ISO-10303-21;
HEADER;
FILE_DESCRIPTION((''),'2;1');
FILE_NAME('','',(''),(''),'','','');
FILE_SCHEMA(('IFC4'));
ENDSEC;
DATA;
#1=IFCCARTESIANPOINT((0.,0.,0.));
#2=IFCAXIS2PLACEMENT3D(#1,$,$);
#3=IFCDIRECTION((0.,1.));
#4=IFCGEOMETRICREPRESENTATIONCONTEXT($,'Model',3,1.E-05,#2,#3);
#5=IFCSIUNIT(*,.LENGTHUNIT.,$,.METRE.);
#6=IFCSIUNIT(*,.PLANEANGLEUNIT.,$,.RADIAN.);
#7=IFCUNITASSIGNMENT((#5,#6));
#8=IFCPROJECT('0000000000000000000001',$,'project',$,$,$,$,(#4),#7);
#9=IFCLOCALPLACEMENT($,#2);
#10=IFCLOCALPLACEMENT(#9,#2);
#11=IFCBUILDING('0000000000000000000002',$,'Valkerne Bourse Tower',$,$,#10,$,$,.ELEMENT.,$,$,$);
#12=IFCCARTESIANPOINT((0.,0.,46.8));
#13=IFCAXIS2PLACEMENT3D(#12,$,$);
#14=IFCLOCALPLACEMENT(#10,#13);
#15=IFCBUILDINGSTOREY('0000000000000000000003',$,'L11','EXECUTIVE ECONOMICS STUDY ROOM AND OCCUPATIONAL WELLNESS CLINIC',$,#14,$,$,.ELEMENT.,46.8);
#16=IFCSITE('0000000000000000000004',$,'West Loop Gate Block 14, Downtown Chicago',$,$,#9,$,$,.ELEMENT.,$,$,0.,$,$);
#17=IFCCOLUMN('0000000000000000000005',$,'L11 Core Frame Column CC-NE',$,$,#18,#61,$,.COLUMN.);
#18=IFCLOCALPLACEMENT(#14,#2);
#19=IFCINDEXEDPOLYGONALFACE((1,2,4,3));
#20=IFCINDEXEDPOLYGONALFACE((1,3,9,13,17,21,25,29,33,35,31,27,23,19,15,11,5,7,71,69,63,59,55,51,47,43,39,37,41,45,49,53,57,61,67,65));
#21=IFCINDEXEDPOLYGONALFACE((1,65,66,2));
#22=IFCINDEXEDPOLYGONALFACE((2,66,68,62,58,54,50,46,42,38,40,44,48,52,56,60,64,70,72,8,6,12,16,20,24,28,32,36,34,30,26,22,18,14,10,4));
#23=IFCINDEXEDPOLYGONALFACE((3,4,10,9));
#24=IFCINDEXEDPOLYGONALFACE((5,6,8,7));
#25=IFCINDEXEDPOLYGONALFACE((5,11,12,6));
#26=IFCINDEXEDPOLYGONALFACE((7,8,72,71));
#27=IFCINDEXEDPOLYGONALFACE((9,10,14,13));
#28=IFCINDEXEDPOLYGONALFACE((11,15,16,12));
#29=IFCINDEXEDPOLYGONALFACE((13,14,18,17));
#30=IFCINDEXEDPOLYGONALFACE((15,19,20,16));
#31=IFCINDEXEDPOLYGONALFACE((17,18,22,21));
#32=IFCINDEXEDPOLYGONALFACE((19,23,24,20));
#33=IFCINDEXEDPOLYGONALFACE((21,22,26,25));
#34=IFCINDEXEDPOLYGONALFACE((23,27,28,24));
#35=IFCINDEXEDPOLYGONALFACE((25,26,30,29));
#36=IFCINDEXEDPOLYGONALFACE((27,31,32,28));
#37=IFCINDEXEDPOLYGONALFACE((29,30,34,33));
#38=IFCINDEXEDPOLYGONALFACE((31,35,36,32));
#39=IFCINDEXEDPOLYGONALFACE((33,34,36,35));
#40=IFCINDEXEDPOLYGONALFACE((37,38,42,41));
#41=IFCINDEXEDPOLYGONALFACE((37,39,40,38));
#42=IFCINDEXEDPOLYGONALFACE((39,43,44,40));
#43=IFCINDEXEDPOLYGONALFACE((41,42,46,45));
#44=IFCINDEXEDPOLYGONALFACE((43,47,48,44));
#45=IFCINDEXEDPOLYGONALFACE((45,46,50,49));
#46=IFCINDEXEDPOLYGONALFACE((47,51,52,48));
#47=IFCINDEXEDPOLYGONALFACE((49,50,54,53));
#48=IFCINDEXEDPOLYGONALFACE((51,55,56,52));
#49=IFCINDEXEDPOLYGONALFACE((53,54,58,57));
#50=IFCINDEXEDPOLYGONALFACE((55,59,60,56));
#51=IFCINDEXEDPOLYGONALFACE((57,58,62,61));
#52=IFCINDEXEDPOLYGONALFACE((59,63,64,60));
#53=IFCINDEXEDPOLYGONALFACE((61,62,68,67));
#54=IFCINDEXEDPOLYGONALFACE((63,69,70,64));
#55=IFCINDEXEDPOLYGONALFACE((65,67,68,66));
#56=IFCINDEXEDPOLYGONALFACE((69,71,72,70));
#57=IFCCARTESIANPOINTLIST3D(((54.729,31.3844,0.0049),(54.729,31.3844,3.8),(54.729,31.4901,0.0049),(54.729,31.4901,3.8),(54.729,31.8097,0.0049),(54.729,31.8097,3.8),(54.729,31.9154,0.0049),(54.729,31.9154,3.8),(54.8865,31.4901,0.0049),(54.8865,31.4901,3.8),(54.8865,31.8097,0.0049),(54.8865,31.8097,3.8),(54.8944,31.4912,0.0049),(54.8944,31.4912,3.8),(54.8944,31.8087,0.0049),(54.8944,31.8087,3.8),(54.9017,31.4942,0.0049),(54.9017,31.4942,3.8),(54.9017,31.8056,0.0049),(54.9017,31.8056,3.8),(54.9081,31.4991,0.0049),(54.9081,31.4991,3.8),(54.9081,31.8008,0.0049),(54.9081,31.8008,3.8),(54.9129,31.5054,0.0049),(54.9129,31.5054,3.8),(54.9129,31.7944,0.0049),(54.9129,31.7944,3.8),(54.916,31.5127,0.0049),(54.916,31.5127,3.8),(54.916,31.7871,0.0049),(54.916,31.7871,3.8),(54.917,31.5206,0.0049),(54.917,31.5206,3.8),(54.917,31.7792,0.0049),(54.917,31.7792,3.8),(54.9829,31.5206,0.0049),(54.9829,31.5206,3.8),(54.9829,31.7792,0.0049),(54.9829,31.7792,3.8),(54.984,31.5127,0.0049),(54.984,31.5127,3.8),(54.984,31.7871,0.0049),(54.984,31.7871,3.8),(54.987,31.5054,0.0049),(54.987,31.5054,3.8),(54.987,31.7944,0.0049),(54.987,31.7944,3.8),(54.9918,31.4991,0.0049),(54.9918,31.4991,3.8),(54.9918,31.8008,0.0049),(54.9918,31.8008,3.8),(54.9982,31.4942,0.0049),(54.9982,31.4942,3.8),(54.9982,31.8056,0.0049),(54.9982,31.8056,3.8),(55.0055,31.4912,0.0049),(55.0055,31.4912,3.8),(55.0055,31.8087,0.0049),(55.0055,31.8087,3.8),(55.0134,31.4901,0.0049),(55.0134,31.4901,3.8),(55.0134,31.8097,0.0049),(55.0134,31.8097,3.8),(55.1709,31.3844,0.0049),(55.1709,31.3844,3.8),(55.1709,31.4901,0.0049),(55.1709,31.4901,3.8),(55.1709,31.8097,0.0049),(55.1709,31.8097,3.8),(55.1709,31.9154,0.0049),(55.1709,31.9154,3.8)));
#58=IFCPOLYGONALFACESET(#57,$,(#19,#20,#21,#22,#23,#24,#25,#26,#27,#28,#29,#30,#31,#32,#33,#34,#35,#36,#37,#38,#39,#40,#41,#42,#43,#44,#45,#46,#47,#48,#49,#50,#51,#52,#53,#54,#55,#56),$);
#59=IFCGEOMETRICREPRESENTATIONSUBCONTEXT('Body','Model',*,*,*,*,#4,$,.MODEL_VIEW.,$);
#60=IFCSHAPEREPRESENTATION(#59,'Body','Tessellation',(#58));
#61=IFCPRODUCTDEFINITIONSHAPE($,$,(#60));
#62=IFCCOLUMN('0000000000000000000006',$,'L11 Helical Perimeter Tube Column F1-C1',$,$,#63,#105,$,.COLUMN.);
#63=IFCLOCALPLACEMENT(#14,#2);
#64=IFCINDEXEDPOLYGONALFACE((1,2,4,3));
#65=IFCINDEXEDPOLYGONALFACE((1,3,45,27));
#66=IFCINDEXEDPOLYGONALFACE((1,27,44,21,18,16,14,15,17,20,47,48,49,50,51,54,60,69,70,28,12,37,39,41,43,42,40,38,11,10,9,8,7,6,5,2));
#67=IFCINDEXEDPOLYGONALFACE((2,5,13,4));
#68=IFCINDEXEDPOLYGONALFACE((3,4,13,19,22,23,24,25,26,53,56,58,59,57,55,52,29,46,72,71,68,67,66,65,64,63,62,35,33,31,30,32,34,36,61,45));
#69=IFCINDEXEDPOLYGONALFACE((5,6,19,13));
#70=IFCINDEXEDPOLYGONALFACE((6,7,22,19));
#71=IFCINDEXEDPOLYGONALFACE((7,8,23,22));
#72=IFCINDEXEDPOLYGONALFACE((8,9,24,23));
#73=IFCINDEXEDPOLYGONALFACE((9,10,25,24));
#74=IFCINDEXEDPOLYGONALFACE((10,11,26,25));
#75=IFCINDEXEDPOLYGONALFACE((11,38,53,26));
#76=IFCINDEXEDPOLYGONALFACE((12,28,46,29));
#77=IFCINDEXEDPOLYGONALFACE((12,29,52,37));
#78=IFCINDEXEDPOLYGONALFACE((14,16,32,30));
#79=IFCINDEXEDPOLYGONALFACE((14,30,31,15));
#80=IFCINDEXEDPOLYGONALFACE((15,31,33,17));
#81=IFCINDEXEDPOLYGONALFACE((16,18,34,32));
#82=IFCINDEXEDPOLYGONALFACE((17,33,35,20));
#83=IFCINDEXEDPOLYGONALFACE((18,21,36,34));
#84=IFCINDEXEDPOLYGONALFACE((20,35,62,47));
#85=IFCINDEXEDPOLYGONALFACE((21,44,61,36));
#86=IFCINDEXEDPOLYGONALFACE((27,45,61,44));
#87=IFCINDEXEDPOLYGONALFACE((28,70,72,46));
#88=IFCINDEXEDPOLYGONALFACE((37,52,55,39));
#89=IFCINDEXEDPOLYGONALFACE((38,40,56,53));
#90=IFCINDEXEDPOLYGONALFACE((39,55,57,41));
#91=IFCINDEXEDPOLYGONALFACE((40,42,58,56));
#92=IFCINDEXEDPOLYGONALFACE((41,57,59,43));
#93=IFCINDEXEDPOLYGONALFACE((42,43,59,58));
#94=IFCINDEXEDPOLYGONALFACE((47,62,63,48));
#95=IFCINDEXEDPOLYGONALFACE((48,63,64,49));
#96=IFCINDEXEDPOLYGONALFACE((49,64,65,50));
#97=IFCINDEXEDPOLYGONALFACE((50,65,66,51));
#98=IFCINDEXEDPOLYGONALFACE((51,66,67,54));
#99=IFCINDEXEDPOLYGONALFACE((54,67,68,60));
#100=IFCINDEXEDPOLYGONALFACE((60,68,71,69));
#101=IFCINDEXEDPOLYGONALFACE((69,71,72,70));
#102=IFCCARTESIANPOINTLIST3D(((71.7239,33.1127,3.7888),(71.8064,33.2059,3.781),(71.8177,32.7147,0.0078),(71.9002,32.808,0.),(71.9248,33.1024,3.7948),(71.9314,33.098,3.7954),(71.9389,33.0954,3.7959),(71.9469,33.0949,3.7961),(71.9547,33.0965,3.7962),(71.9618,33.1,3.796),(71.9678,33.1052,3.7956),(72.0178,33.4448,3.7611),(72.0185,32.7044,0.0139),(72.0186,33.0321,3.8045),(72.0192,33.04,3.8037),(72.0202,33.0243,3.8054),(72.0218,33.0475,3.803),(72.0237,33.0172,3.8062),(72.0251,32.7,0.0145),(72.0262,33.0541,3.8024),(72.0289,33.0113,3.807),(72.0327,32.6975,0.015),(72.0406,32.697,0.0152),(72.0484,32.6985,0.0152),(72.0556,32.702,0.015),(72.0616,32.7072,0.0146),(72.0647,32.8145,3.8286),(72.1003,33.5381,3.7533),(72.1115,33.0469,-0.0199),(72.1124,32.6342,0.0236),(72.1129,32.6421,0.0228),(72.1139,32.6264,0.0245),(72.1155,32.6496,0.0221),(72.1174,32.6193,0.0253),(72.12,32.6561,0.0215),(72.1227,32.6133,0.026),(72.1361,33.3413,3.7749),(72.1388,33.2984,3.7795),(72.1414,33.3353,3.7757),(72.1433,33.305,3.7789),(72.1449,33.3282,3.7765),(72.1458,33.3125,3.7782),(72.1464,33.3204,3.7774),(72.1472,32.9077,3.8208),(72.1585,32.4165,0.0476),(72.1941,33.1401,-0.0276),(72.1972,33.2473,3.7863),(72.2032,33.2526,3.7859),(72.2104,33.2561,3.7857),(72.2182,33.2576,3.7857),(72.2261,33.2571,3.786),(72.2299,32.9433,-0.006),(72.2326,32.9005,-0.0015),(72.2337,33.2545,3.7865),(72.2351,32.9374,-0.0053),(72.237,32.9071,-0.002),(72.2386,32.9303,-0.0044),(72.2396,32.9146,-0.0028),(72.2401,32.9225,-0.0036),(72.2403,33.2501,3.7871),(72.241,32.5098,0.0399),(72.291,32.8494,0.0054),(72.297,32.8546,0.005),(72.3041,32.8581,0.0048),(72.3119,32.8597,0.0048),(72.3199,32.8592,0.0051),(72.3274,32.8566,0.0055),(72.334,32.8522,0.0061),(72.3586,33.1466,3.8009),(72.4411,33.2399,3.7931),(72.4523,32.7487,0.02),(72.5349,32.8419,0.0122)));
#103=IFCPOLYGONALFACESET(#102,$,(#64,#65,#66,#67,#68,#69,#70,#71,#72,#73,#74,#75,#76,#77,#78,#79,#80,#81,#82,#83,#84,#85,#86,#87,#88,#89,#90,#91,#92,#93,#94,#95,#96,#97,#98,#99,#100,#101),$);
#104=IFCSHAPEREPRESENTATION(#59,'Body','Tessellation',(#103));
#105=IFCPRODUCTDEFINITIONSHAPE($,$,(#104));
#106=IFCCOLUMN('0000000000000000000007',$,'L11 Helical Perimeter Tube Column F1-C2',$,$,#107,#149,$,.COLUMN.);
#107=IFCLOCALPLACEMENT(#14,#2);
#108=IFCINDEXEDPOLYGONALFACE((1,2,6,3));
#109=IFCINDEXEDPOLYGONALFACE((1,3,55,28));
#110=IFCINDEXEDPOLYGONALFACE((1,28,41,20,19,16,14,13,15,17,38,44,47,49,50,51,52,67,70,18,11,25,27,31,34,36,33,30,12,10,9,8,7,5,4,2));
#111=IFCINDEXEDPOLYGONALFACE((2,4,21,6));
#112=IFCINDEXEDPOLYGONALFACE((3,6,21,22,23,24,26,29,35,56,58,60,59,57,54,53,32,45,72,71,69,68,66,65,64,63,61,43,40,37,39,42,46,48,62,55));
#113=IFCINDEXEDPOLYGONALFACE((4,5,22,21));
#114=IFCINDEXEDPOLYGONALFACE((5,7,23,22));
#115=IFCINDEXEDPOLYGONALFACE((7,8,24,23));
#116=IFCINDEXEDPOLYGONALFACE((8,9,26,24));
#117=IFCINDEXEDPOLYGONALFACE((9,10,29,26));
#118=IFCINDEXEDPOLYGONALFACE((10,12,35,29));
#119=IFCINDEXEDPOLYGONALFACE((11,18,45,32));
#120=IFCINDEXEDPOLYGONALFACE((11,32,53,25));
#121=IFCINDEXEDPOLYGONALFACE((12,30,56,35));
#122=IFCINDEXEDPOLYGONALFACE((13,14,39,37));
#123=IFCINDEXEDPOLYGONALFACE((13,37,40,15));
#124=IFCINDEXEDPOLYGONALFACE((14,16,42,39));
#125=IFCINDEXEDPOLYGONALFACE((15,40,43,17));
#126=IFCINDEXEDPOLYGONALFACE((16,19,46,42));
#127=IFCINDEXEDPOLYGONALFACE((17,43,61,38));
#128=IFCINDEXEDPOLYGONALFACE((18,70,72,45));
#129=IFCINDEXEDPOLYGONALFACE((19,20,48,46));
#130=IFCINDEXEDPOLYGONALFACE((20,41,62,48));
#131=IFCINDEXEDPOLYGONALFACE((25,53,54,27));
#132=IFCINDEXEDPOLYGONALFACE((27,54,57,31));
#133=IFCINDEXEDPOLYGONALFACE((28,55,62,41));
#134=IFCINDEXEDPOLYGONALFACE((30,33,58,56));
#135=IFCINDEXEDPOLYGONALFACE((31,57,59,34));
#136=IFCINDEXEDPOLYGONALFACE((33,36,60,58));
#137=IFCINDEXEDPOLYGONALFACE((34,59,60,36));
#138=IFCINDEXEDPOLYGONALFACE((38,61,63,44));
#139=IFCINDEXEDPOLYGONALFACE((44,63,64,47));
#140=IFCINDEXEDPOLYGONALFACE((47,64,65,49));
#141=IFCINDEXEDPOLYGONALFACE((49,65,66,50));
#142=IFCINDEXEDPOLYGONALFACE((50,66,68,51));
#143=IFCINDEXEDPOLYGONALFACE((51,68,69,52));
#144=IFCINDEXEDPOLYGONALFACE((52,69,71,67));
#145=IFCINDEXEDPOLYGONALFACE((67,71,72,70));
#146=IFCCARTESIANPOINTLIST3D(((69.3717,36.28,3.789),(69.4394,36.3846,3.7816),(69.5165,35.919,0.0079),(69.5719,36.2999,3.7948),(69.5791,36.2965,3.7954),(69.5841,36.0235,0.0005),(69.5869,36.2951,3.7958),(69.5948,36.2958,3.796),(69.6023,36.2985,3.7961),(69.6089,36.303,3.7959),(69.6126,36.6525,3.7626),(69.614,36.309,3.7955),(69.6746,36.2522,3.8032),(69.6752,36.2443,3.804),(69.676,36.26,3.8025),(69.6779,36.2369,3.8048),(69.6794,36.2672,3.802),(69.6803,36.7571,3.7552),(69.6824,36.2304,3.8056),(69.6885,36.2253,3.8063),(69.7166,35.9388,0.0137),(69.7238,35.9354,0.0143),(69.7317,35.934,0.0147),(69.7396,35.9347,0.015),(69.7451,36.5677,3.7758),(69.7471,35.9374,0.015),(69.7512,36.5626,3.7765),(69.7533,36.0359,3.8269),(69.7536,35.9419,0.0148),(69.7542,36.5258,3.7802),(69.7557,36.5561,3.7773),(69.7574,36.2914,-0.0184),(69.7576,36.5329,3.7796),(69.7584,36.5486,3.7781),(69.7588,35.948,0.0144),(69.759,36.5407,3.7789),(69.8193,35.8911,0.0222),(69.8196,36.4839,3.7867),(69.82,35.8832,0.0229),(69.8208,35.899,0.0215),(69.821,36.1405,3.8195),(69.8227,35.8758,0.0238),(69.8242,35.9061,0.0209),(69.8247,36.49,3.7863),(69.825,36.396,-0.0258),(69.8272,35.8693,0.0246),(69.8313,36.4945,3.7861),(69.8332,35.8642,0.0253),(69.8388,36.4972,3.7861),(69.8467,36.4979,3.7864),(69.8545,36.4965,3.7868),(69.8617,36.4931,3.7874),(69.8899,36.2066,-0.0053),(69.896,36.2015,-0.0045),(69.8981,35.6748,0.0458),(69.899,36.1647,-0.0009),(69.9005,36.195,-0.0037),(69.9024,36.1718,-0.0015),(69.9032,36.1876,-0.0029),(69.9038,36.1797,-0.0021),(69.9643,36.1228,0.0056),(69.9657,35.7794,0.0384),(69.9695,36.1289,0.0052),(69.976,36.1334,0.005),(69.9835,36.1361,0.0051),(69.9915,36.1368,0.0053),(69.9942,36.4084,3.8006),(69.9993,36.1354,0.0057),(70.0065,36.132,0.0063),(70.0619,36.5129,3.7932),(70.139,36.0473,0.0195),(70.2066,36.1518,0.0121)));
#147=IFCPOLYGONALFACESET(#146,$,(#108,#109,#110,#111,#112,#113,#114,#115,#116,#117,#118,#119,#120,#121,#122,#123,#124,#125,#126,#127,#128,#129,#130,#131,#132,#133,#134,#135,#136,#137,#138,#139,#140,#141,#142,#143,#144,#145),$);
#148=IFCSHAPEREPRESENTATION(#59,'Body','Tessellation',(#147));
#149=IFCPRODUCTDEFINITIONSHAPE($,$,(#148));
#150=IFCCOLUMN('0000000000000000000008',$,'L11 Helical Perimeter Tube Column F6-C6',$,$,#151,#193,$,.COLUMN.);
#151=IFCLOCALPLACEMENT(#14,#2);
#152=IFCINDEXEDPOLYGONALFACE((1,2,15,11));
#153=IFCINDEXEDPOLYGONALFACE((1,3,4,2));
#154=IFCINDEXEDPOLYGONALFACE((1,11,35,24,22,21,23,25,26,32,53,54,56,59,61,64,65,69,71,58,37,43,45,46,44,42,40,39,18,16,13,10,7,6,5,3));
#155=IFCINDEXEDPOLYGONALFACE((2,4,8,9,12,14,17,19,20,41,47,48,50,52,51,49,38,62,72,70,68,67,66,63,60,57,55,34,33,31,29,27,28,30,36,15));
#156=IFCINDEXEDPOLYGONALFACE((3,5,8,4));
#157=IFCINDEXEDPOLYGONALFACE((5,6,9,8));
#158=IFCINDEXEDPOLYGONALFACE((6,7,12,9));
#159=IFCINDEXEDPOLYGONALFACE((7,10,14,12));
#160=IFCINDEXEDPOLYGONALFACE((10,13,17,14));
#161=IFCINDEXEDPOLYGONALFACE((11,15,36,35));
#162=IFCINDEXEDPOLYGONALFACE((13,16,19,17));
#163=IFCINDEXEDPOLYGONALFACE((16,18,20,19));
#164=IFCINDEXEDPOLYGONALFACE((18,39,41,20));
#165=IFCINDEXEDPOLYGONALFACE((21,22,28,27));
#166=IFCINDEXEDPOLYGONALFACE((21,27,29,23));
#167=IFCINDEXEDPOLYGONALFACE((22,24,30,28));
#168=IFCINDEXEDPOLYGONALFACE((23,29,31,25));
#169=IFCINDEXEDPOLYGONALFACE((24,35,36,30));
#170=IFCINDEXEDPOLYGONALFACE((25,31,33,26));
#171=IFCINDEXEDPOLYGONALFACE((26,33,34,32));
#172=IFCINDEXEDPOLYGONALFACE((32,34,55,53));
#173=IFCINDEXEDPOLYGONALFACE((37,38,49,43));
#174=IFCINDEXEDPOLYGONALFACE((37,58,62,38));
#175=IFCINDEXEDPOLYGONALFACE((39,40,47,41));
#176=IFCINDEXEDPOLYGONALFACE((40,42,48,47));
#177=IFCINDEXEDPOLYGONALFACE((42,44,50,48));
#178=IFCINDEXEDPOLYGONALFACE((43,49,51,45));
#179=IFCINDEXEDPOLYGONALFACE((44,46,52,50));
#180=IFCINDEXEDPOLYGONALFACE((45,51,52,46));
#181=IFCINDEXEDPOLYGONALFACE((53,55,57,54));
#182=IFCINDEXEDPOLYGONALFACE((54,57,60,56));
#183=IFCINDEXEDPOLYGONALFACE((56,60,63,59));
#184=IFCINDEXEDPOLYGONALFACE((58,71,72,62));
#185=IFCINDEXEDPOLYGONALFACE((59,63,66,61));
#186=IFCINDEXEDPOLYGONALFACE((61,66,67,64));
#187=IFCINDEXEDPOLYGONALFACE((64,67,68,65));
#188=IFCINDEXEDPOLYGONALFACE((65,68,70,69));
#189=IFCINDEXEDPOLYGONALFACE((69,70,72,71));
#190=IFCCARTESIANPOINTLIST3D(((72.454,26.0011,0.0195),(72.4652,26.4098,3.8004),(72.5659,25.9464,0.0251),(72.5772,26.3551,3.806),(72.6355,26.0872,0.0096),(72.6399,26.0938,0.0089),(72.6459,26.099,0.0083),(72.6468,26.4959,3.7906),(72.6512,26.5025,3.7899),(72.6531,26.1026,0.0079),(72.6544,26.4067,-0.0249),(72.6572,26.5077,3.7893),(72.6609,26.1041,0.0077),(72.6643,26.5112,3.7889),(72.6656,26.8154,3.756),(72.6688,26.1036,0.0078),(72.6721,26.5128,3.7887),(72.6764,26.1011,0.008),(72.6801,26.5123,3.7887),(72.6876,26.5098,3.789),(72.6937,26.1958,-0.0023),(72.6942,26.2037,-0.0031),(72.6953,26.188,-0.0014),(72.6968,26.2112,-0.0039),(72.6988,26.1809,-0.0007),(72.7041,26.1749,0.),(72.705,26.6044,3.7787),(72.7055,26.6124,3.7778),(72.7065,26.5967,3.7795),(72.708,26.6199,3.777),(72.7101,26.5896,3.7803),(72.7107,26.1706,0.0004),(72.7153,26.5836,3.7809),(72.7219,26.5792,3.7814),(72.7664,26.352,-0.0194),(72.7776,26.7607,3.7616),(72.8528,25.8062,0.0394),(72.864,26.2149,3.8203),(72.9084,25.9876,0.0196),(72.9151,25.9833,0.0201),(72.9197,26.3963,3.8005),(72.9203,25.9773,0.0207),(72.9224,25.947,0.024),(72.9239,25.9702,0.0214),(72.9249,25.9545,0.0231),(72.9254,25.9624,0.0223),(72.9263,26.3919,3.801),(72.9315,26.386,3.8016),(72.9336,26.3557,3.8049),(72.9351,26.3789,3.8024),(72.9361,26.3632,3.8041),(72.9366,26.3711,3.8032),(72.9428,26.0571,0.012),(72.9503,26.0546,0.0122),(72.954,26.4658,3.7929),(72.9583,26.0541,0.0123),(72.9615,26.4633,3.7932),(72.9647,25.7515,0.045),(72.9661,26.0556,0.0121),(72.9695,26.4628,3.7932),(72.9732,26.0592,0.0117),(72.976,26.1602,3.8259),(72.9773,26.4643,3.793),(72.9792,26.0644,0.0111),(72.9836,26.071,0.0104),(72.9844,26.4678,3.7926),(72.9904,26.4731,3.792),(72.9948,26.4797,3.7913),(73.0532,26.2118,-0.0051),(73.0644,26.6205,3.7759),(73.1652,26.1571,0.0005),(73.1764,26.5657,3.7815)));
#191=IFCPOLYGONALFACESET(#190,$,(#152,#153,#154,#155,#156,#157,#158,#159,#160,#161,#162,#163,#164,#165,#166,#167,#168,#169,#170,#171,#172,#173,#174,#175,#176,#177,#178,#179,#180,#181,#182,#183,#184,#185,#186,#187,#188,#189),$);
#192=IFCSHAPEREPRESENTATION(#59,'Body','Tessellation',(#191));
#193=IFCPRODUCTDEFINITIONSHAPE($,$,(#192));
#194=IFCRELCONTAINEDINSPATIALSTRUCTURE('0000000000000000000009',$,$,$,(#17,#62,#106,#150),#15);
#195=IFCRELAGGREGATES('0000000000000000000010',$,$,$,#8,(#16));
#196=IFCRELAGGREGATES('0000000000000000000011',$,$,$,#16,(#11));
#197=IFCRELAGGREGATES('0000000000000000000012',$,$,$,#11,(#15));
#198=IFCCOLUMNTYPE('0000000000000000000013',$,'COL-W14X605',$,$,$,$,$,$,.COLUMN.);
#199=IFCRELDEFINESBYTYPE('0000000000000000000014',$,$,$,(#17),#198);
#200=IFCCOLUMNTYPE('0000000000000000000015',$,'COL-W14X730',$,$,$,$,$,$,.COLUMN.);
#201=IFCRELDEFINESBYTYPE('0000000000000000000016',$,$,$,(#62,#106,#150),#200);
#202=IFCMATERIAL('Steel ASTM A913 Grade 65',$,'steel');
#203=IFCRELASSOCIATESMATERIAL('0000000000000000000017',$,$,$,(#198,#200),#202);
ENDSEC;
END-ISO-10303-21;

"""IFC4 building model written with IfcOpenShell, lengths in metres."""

from ifc_helpers import new_model, si_unit, direction, frame, origin, origin_2d, place, context, subcontext, project, spatial, i_section, extrude, material, material_profile, profile_set, type_object, element, save


model = new_model("IFC4")

# Units and contexts
model_context = context("Model", 3, precision=1e-05, world=origin(), true_north=direction((0.0, 1.0)))
body_context = subcontext(model_context, "Body", "Model", "MODEL_VIEW")
ifc_project = project(units=[si_unit("LENGTHUNIT", "METRE"), si_unit("PLANEANGLEUNIT", "RADIAN")], contexts=[model_context])

# Site, building, storey
site_placement = place(None, origin())
site = spatial("IfcSite", under=ifc_project, at=site_placement, Name="West Loop Gate Block 14, Downtown Chicago", CompositionType="ELEMENT", RefElevation=0.0)
building_placement = place(site_placement, origin())
building = spatial("IfcBuilding", under=site, at=building_placement, Name="Valkerne Bourse Tower", CompositionType="ELEMENT")
storey_placement = place(building_placement, frame((0.0, 0.0, 46.8)))
storey = spatial("IfcBuildingStorey", under=building, at=storey_placement, Name="L11", Description="EXECUTIVE ECONOMICS STUDY ROOM AND OCCUPATIONAL WELLNESS CLINIC", CompositionType="ELEMENT", Elevation=46.8)

# Columns
ifc_material_1 = material(Name="Steel ASTM A913 Grade 65", Category="steel")
ifc_material_profile_1 = material_profile(ifc_material_1, i_section(OverallWidth=0.4419, OverallDepth=0.531, WebThickness=0.0659, FlangeThickness=0.1057, FilletRadius=0.0305, at=origin_2d()), Name="W14X605")
ifc_profile_set_1 = profile_set([ifc_material_profile_1], Name="Steel ASTM A913 Grade 65")
column_type_1 = type_object("IfcColumnType", Name="COL-W14X605", PredefinedType="COLUMN", material=ifc_profile_set_1)
column_1_placement = place(storey_placement, frame((54.95, 31.6499, 0.0049), z_axis=(0.0, 0.0, 1.0), x_axis=(1.0, 0.0, 0.0)))
element("IfcColumn", 1, at=column_1_placement, inside=storey, type_object=column_type_1, Name="L11 Core Frame Column CC-NE", PredefinedType="COLUMN", context=body_context, shape_type="SweptSolid", body=[
    extrude(i_section(OverallWidth=0.4419, OverallDepth=0.531, WebThickness=0.0659, FlangeThickness=0.1057, FilletRadius=0.0305, at=origin_2d()), origin(), (0.0, 0.0, 1.0), 3.7952),
])
ifc_material_profile_2 = material_profile(ifc_material_1, i_section(OverallWidth=0.4546, OverallDepth=0.5691, WebThickness=0.0779, FlangeThickness=0.1248, FilletRadius=0.0305, at=origin_2d()), Name="W14X730")
ifc_profile_set_2 = profile_set([ifc_material_profile_2], Name="Steel ASTM A913 Grade 65")
column_type_2 = type_object("IfcColumnType", Name="COL-W14X730", PredefinedType="COLUMN", material=ifc_profile_set_2)
column_2_placement = place(storey_placement, frame((72.1763, 32.7783, 0.01), z_axis=(-0.024651, 0.10464, 0.994205), x_axis=(0.749676, -0.655978, 0.08763)))
element("IfcColumn", 2, at=column_2_placement, inside=storey, type_object=column_type_2, Name="L11 Helical Perimeter Tube Column F1-C1", PredefinedType="COLUMN", context=body_context, shape_type="SweptSolid", body=[
    extrude(i_section(OverallWidth=0.4546, OverallDepth=0.5691, WebThickness=0.0779, FlangeThickness=0.1248, FilletRadius=0.0305, at=origin_2d()), origin(), (0.0, 0.0, 1.0), 3.803),
])
column_3_placement = place(storey_placement, frame((69.8616, 36.0354, 0.01), z_axis=(-0.038089, 0.094998, 0.994749), x_axis=(0.839429, -0.537028, 0.083428)))
element("IfcColumn", 3, at=column_3_placement, inside=storey, type_object=column_type_2, Name="L11 Helical Perimeter Tube Column F1-C2", PredefinedType="COLUMN", context=body_context, shape_type="SweptSolid", body=[
    extrude(i_section(OverallWidth=0.4546, OverallDepth=0.5691, WebThickness=0.0779, FlangeThickness=0.1248, FilletRadius=0.0305, at=origin_2d()), origin(), (0.0, 0.0, 1.0), 3.801),
])
column_4_placement = place(storey_placement, frame((72.8096, 26.0791, 0.01), z_axis=(0.002953, 0.107464, 0.994205), x_axis=(-0.440955, -0.892191, 0.097747)))
element("IfcColumn", 4, at=column_4_placement, inside=storey, type_object=column_type_2, Name="L11 Helical Perimeter Tube Column F6-C6", PredefinedType="COLUMN", context=body_context, shape_type="SweptSolid", body=[
    extrude(i_section(OverallWidth=0.4546, OverallDepth=0.5691, WebThickness=0.0779, FlangeThickness=0.1248, FilletRadius=0.0305, at=origin_2d()), origin(), (0.0, 0.0, 1.0), 3.803),
])

save(model, "model.ifc")
